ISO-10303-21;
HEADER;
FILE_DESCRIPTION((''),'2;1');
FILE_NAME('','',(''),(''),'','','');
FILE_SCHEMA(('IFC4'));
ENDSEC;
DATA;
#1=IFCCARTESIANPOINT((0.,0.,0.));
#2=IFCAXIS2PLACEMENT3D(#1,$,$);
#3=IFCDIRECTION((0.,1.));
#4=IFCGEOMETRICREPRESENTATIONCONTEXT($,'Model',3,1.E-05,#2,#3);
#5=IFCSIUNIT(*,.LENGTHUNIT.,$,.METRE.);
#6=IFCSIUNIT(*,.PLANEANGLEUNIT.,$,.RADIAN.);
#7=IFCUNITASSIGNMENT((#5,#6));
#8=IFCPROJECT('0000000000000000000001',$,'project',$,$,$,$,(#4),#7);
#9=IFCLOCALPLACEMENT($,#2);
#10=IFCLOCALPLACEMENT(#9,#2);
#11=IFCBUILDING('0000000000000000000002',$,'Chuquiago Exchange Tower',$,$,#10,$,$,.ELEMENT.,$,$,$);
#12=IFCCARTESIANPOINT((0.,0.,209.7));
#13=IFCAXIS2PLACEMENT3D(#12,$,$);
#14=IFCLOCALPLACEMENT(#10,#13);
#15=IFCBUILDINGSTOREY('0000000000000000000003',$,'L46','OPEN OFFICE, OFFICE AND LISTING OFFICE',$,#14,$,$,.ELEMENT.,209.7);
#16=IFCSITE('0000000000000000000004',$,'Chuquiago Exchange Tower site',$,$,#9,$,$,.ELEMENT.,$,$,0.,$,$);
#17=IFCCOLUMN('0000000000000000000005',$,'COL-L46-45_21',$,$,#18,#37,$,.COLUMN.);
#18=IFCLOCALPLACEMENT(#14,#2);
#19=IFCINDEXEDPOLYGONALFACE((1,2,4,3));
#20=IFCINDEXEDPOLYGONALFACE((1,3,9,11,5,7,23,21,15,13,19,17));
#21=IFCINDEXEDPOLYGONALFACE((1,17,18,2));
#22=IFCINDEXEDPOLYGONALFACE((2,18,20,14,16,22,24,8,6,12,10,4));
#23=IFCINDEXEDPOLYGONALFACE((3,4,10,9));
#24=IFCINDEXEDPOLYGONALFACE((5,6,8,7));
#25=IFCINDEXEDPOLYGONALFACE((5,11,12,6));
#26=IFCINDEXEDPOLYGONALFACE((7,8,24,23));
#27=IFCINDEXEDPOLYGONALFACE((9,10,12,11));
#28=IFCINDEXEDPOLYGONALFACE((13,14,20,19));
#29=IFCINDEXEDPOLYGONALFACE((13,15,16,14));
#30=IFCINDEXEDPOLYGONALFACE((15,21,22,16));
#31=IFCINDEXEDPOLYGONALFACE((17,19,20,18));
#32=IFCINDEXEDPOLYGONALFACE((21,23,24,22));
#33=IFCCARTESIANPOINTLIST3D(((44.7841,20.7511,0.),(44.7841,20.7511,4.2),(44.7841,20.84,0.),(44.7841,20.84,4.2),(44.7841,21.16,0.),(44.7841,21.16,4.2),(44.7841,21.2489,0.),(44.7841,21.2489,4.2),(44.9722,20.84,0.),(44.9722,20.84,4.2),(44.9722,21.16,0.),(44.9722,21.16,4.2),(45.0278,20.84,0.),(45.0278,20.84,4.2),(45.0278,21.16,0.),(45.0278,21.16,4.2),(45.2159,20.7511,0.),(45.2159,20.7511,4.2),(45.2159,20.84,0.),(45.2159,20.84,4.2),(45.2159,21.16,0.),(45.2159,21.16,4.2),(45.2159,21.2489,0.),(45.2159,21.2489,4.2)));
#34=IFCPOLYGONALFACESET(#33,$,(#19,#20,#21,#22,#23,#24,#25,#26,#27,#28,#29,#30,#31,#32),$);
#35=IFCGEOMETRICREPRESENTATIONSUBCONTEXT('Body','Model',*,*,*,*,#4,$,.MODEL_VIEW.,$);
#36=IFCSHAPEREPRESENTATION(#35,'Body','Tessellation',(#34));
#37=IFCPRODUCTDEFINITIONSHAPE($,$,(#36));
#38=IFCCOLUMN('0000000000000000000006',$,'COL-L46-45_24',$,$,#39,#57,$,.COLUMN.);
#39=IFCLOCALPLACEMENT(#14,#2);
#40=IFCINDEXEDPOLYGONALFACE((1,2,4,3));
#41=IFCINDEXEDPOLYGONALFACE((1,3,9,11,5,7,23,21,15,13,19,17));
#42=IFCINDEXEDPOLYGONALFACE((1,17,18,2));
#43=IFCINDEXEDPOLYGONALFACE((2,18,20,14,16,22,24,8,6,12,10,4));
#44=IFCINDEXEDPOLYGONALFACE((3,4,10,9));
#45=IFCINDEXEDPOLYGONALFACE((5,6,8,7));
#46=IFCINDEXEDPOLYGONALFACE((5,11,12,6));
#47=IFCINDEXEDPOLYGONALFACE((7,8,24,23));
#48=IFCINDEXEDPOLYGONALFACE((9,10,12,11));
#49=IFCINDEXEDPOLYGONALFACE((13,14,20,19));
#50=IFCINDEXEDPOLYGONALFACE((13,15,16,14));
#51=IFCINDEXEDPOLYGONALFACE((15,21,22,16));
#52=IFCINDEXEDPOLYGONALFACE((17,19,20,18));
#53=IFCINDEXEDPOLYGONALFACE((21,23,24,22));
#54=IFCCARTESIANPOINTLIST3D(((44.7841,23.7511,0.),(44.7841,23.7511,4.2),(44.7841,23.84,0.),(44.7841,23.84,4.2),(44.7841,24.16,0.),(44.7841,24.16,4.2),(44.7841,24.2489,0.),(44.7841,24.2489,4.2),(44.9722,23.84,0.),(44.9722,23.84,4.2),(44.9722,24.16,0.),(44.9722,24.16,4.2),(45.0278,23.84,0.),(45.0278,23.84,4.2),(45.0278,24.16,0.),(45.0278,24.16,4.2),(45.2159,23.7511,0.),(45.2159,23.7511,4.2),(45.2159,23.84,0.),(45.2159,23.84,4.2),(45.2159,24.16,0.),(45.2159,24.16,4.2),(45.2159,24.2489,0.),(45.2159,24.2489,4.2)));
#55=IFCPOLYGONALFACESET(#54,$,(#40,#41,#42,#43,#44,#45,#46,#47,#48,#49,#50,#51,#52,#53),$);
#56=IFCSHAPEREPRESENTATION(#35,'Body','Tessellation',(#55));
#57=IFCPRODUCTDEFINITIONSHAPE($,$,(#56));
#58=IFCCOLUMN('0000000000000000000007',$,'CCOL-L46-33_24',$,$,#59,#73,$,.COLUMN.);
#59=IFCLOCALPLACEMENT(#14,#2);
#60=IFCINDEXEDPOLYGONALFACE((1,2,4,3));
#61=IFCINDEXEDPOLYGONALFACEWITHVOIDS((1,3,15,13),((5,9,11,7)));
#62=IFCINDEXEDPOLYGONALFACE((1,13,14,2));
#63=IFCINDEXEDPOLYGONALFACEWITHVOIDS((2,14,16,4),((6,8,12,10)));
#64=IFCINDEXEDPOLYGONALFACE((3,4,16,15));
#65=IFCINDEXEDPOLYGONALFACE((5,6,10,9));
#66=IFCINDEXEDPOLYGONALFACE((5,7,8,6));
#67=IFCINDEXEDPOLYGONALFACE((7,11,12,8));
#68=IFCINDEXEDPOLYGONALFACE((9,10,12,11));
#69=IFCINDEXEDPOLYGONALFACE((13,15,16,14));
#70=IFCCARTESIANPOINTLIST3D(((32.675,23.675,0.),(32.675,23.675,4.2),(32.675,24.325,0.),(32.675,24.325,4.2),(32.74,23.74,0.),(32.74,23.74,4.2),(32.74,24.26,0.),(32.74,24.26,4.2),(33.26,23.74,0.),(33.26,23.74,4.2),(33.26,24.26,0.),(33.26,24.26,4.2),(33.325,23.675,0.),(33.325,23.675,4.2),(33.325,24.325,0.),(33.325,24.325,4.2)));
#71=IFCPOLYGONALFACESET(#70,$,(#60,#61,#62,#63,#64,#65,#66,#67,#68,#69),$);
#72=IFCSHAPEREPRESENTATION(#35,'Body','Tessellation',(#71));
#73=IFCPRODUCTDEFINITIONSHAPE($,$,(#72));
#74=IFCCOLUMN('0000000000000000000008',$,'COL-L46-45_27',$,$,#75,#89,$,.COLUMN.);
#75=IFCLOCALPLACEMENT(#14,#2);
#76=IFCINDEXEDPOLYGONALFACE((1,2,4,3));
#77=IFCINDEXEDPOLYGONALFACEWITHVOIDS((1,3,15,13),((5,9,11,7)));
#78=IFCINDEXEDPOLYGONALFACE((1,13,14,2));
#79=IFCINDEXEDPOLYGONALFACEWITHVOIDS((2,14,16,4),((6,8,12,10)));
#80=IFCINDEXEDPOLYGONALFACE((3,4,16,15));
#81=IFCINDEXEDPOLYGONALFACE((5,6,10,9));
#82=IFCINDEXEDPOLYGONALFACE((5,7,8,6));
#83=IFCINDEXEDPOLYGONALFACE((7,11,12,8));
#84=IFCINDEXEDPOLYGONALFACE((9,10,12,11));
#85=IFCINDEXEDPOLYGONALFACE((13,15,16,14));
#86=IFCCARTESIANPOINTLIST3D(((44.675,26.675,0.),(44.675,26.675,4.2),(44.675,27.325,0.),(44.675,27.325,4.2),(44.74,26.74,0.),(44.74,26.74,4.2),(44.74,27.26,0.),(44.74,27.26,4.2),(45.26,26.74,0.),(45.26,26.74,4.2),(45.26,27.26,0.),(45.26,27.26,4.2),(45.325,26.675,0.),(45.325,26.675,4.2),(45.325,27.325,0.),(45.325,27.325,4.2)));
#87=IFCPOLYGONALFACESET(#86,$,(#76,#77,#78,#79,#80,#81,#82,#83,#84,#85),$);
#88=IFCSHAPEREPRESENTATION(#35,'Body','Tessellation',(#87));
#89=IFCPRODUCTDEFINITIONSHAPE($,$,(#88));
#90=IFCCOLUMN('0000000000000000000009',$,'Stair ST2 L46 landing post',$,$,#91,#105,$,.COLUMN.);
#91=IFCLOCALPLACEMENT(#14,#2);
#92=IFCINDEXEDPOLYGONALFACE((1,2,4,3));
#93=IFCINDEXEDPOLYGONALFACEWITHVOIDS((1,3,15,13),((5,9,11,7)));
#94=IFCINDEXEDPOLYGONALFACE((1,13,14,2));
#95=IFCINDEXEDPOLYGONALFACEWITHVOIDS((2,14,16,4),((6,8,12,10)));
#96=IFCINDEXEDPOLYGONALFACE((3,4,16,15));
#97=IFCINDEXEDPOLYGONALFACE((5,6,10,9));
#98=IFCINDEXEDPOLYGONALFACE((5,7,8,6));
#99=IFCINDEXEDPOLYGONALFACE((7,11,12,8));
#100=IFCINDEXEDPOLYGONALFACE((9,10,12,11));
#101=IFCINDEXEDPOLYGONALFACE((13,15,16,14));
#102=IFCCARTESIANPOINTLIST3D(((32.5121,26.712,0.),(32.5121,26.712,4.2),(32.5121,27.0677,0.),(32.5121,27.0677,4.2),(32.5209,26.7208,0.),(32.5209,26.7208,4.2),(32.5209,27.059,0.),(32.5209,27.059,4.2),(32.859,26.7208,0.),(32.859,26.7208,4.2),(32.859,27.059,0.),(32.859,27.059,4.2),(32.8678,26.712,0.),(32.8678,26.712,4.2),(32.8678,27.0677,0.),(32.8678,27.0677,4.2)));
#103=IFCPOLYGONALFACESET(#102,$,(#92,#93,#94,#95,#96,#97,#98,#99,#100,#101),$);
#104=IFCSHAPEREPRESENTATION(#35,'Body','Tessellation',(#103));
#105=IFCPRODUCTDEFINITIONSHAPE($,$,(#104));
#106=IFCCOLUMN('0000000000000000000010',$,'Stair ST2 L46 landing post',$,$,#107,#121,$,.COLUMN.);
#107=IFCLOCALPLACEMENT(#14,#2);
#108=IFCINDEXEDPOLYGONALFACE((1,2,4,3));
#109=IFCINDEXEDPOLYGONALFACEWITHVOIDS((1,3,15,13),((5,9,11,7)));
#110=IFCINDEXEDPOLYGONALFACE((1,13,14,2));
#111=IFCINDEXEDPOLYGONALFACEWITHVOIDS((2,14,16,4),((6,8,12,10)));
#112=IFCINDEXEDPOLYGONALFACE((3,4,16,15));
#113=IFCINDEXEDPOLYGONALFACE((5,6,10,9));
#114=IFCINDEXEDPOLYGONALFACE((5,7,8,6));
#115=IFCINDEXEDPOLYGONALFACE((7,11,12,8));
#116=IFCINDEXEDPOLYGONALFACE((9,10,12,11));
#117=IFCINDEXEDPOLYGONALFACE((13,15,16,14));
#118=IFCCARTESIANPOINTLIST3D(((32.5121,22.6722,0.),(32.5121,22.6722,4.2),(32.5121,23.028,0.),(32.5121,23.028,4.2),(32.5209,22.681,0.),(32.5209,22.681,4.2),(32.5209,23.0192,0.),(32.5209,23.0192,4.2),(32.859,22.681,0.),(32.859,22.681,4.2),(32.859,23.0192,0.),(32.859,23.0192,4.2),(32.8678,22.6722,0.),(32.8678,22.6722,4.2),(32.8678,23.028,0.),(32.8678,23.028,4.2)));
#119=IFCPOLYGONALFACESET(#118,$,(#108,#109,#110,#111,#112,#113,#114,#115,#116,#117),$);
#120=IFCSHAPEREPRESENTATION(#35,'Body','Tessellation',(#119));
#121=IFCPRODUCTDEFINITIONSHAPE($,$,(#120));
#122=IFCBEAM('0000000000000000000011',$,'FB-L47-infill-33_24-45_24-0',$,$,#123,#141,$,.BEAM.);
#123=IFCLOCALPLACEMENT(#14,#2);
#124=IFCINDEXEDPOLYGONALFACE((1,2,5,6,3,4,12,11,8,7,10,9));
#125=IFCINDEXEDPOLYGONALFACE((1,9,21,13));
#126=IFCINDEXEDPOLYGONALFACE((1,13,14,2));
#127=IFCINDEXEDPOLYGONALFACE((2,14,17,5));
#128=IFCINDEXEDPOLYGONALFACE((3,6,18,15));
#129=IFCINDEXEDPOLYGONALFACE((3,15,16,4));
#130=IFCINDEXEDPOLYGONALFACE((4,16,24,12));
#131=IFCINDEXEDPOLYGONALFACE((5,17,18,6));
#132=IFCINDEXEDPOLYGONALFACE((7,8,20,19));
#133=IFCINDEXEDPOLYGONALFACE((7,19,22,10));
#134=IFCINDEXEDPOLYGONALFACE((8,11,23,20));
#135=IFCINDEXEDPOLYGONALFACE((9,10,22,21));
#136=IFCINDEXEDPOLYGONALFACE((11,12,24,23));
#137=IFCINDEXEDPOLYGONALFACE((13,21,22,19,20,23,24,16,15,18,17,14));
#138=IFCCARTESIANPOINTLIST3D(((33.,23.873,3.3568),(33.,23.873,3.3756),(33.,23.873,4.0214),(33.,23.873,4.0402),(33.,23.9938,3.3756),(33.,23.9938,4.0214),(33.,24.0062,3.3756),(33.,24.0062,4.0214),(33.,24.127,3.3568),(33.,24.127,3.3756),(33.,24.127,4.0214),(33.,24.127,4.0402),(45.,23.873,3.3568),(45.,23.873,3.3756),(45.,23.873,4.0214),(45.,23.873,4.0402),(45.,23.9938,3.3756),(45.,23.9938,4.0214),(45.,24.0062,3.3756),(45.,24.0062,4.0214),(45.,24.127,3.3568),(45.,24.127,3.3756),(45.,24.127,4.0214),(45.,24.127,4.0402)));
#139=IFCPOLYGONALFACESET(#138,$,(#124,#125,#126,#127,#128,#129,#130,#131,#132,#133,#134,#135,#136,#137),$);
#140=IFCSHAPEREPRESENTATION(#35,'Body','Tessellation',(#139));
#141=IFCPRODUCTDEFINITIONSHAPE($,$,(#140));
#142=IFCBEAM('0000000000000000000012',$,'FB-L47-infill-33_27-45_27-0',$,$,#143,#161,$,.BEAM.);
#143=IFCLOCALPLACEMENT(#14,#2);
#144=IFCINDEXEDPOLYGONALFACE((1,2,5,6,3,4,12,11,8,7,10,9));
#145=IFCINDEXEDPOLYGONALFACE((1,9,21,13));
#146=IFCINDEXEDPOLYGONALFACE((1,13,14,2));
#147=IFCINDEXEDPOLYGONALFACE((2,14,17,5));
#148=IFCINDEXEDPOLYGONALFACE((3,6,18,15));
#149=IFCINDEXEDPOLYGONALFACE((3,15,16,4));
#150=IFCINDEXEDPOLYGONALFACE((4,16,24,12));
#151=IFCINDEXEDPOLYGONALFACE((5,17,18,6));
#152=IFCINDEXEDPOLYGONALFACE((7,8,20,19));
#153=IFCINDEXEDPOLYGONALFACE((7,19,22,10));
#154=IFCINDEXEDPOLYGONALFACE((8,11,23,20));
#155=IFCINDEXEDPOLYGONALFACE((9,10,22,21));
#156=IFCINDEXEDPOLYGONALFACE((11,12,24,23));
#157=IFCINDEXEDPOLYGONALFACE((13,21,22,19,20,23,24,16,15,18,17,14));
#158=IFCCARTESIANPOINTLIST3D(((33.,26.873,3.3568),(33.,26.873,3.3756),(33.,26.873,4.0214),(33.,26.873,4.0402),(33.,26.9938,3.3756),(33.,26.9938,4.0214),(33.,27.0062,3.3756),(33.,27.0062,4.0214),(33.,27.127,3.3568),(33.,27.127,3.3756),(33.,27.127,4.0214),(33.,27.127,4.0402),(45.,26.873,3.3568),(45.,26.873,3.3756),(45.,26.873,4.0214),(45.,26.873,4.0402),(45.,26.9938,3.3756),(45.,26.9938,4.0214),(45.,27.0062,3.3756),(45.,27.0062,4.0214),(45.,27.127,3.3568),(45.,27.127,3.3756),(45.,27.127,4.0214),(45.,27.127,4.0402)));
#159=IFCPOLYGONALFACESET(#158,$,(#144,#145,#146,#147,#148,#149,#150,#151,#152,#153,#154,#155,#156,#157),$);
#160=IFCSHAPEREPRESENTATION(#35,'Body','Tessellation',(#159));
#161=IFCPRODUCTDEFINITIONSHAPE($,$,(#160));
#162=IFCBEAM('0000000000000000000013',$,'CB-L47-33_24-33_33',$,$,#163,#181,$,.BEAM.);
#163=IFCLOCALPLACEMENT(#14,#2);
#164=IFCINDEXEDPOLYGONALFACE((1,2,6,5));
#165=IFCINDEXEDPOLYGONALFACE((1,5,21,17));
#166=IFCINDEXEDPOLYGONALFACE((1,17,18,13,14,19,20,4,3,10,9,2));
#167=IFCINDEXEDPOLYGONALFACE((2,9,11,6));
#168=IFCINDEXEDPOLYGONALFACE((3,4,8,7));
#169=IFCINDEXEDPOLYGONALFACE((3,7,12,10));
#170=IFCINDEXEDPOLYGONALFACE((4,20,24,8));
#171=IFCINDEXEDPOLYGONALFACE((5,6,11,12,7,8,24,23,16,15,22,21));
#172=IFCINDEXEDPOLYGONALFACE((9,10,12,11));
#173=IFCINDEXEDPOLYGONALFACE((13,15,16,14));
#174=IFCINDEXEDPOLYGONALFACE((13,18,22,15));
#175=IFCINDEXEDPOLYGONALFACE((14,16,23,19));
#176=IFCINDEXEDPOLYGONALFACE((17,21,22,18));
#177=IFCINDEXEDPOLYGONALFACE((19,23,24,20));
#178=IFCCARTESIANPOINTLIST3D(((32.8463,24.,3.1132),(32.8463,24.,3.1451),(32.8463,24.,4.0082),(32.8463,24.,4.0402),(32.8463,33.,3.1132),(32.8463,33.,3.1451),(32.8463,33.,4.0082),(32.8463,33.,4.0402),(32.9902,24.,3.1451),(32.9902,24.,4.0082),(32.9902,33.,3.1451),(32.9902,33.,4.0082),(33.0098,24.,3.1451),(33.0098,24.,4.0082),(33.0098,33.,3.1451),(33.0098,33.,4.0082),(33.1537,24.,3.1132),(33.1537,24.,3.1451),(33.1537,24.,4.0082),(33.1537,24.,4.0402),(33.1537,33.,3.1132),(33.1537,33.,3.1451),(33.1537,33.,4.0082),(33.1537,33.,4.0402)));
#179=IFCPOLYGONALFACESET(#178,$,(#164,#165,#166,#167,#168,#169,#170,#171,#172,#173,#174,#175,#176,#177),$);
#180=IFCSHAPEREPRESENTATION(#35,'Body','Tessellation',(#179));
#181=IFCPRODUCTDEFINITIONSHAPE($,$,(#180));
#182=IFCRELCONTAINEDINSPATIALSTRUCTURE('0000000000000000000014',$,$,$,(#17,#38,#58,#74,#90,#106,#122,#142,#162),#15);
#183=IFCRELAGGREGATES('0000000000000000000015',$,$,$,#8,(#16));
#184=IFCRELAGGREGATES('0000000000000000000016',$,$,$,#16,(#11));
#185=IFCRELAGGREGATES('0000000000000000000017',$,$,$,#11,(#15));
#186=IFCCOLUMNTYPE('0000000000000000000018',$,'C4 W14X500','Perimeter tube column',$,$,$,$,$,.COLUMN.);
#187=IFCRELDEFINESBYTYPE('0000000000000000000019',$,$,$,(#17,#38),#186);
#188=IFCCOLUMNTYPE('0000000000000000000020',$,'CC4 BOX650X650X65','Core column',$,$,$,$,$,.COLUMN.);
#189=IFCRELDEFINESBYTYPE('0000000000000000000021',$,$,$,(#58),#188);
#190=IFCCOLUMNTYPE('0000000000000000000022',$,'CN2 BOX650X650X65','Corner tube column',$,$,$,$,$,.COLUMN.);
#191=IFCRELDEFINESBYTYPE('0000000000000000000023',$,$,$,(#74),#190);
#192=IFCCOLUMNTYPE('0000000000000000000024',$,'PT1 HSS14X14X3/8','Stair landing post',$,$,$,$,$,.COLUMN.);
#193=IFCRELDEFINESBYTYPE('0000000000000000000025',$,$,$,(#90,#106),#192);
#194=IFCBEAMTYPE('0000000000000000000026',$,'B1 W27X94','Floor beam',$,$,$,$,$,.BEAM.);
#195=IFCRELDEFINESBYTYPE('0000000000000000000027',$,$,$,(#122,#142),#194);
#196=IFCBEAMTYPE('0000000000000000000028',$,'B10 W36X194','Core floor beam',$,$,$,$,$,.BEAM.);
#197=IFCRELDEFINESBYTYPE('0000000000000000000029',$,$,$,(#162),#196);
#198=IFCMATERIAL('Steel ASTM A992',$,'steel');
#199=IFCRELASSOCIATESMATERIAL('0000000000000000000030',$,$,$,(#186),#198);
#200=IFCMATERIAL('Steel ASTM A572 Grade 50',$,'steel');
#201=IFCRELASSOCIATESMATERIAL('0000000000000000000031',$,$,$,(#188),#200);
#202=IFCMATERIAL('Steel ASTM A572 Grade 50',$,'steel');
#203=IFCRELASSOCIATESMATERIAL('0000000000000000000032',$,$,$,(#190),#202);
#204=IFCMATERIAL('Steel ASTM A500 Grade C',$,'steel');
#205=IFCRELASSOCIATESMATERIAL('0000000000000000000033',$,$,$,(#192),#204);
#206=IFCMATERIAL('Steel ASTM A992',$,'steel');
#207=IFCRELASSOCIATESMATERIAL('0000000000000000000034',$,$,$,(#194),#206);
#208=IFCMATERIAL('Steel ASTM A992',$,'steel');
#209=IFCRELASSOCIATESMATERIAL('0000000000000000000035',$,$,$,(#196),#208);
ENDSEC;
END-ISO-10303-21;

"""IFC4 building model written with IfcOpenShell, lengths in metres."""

from ifc_helpers import new_model, si_unit, direction, frame, origin, origin_2d, place, context, subcontext, project, spatial, hollow_rectangle, i_section, extrude, material, material_profile, profile_set, type_object, element, save


model = new_model("IFC4")

# Units and contexts
model_context = context("Model", 3, precision=1e-05, world=origin(), true_north=direction((0.0, 1.0)))
body_context = subcontext(model_context, "Body", "Model", "MODEL_VIEW")
ifc_project = project(units=[si_unit("LENGTHUNIT", "METRE"), si_unit("PLANEANGLEUNIT", "RADIAN")], contexts=[model_context])

# Site, building, storey
site_placement = place(None, origin())
site = spatial("IfcSite", under=ifc_project, at=site_placement, Name="Chuquiago Exchange Tower site", CompositionType="ELEMENT", RefElevation=0.0)
building_placement = place(site_placement, origin())
building = spatial("IfcBuilding", under=site, at=building_placement, Name="Chuquiago Exchange Tower", CompositionType="ELEMENT")
storey_placement = place(building_placement, frame((0.0, 0.0, 209.7)))
storey = spatial("IfcBuildingStorey", under=building, at=storey_placement, Name="L46", Description="OPEN OFFICE, OFFICE AND LISTING OFFICE", CompositionType="ELEMENT", Elevation=209.7)

# Columns
ifc_material_1 = material(Name="Steel ASTM A992", Category="steel")
ifc_material_profile_1 = material_profile(ifc_material_1, i_section(OverallWidth=0.4319, OverallDepth=0.4978, WebThickness=0.0557, FlangeThickness=0.0889, at=origin_2d()), Name="W14X500")
ifc_profile_set_1 = profile_set([ifc_material_profile_1], Name="Steel ASTM A992")
column_type_1 = type_object("IfcColumnType", Name="C4 W14X500", Description="Perimeter tube column", PredefinedType="COLUMN", material=ifc_profile_set_1)
for number, where, z_axis, x_axis, name in (
    (1, (45.0, 21.0, 0.0), (0.0, 0.0, 1.0), (1.0, 0.0, 0.0), "COL-L46-45_21"),
    (2, (45.0, 24.0, 0.0), (0.0, 0.0, 1.0), (1.0, 0.0, 0.0), "COL-L46-45_24"),
):
    element("IfcColumn", number, at=place(storey_placement, frame(where, z_axis=z_axis, x_axis=x_axis)), inside=storey, type_object=column_type_1, Name=name, PredefinedType="COLUMN", context=body_context, shape_type="SweptSolid", body=[
        extrude(i_section(OverallWidth=0.4319, OverallDepth=0.4978, WebThickness=0.0557, FlangeThickness=0.0889, at=origin_2d()), origin(), (0.0, 0.0, 1.0), 4.2),
    ])
ifc_material_2 = material(Name="Steel ASTM A572 Grade 50", Category="steel")
ifc_material_profile_2 = material_profile(ifc_material_2, hollow_rectangle(XDim=0.6499, YDim=0.6499, WallThickness=0.0649, at=origin_2d()), Name="BOX650X650X65")
ifc_profile_set_2 = profile_set([ifc_material_profile_2], Name="Steel ASTM A572 Grade 50")
column_type_2 = type_object("IfcColumnType", Name="CC4 BOX650X650X65", Description="Core column", PredefinedType="COLUMN", material=ifc_profile_set_2)
column_1_placement = place(storey_placement, frame((33.0, 24.0, 0.0), z_axis=(0.0, 0.0, 1.0), x_axis=(1.0, 0.0, 0.0)))
element("IfcColumn", 3, at=column_1_placement, inside=storey, type_object=column_type_2, Name="CCOL-L46-33_24", PredefinedType="COLUMN", context=body_context, shape_type="SweptSolid", body=[
    extrude(hollow_rectangle(XDim=0.6499, YDim=0.6499, WallThickness=0.0649, at=origin_2d()), origin(), (0.0, 0.0, 1.0), 4.2),
])
ifc_material_3 = material(Name="Steel ASTM A572 Grade 50", Category="steel")
ifc_material_profile_3 = material_profile(ifc_material_3, hollow_rectangle(XDim=0.6499, YDim=0.6499, WallThickness=0.0649, at=origin_2d()), Name="BOX650X650X65")
ifc_profile_set_3 = profile_set([ifc_material_profile_3], Name="Steel ASTM A572 Grade 50")
column_type_3 = type_object("IfcColumnType", Name="CN2 BOX650X650X65", Description="Corner tube column", PredefinedType="COLUMN", material=ifc_profile_set_3)
column_2_placement = place(storey_placement, frame((45.0, 27.0, 0.0), z_axis=(0.0, 0.0, 1.0), x_axis=(1.0, 0.0, 0.0)))
element("IfcColumn", 4, at=column_2_placement, inside=storey, type_object=column_type_3, Name="COL-L46-45_27", PredefinedType="COLUMN", context=body_context, shape_type="SweptSolid", body=[
    extrude(hollow_rectangle(XDim=0.6499, YDim=0.6499, WallThickness=0.0649, at=origin_2d()), origin(), (0.0, 0.0, 1.0), 4.2),
])
ifc_material_4 = material(Name="Steel ASTM A500 Grade C", Category="steel")
ifc_material_profile_4 = material_profile(ifc_material_4, hollow_rectangle(XDim=0.3557, YDim=0.3557, WallThickness=0.0088, at=origin_2d()), Name="HSS14X14X3/8")
ifc_profile_set_4 = profile_set([ifc_material_profile_4], Name="Steel ASTM A500 Grade C")
column_type_4 = type_object("IfcColumnType", Name="PT1 HSS14X14X3/8", Description="Stair landing post", PredefinedType="COLUMN", material=ifc_profile_set_4)
for number, where, z_axis, x_axis, name in (
    (5, (32.6899, 26.8899, 0.0), (0.0, 0.0, 1.0), (1.0, 0.0, 0.0), "Stair ST2 L46 landing post"),
    (6, (32.6899, 22.8501, 0.0), (0.0, 0.0, 1.0), (1.0, 0.0, 0.0), "Stair ST2 L46 landing post"),
):
    element("IfcColumn", number, at=place(storey_placement, frame(where, z_axis=z_axis, x_axis=x_axis)), inside=storey, type_object=column_type_4, Name=name, PredefinedType="COLUMN", context=body_context, shape_type="SweptSolid", body=[
        extrude(hollow_rectangle(XDim=0.3557, YDim=0.3557, WallThickness=0.0088, at=origin_2d()), origin(), (0.0, 0.0, 1.0), 4.2),
    ])

# Beams
ifc_material_5 = material(Name="Steel ASTM A992", Category="steel")
ifc_material_profile_5 = material_profile(ifc_material_5, i_section(OverallWidth=0.2539, OverallDepth=0.6833, WebThickness=0.0125, FlangeThickness=0.0188, at=origin_2d()), Name="W27X94")
ifc_profile_set_5 = profile_set([ifc_material_profile_5], Name="Steel ASTM A992")
beam_type_1 = type_object("IfcBeamType", Name="B1 W27X94", Description="Floor beam", PredefinedType="BEAM", material=ifc_profile_set_5)
for number, where, z_axis, x_axis, name in (
    (7, (33.0, 24.0, 3.6985), (1.0, 0.0, 0.0), (0.0, 1.0, 0.0), "FB-L47-infill-33_24-45_24-0"),
    (8, (33.0, 27.0, 3.6985), (1.0, 0.0, 0.0), (0.0, 1.0, 0.0), "FB-L47-infill-33_27-45_27-0"),
):
    element("IfcBeam", number, at=place(storey_placement, frame(where, z_axis=z_axis, x_axis=x_axis)), inside=storey, type_object=beam_type_1, Name=name, PredefinedType="BEAM", context=body_context, shape_type="SweptSolid", body=[
        extrude(i_section(OverallWidth=0.2539, OverallDepth=0.6833, WebThickness=0.0125, FlangeThickness=0.0188, at=origin_2d()), origin(), (0.0, 0.0, 1.0), 12.0),
    ])
ifc_material_6 = material(Name="Steel ASTM A992", Category="steel")
ifc_material_profile_6 = material_profile(ifc_material_6, i_section(OverallWidth=0.3074, OverallDepth=0.927, WebThickness=0.0195, FlangeThickness=0.032, at=origin_2d()), Name="W36X194")
ifc_profile_set_6 = profile_set([ifc_material_profile_6], Name="Steel ASTM A992")
beam_type_2 = type_object("IfcBeamType", Name="B10 W36X194", Description="Core floor beam", PredefinedType="BEAM", material=ifc_profile_set_6)
beam_1_placement = place(storey_placement, frame((33.0, 24.0, 3.5767), z_axis=(0.0, 1.0, 0.0), x_axis=(-1.0, 0.0, 0.0)))
element("IfcBeam", 9, at=beam_1_placement, inside=storey, type_object=beam_type_2, Name="CB-L47-33_24-33_33", PredefinedType="BEAM", context=body_context, shape_type="SweptSolid", body=[
    extrude(i_section(OverallWidth=0.3074, OverallDepth=0.927, WebThickness=0.0195, FlangeThickness=0.032, at=origin_2d()), origin(), (0.0, 0.0, 1.0), 9.0),
])

save(model, "model.ifc")
